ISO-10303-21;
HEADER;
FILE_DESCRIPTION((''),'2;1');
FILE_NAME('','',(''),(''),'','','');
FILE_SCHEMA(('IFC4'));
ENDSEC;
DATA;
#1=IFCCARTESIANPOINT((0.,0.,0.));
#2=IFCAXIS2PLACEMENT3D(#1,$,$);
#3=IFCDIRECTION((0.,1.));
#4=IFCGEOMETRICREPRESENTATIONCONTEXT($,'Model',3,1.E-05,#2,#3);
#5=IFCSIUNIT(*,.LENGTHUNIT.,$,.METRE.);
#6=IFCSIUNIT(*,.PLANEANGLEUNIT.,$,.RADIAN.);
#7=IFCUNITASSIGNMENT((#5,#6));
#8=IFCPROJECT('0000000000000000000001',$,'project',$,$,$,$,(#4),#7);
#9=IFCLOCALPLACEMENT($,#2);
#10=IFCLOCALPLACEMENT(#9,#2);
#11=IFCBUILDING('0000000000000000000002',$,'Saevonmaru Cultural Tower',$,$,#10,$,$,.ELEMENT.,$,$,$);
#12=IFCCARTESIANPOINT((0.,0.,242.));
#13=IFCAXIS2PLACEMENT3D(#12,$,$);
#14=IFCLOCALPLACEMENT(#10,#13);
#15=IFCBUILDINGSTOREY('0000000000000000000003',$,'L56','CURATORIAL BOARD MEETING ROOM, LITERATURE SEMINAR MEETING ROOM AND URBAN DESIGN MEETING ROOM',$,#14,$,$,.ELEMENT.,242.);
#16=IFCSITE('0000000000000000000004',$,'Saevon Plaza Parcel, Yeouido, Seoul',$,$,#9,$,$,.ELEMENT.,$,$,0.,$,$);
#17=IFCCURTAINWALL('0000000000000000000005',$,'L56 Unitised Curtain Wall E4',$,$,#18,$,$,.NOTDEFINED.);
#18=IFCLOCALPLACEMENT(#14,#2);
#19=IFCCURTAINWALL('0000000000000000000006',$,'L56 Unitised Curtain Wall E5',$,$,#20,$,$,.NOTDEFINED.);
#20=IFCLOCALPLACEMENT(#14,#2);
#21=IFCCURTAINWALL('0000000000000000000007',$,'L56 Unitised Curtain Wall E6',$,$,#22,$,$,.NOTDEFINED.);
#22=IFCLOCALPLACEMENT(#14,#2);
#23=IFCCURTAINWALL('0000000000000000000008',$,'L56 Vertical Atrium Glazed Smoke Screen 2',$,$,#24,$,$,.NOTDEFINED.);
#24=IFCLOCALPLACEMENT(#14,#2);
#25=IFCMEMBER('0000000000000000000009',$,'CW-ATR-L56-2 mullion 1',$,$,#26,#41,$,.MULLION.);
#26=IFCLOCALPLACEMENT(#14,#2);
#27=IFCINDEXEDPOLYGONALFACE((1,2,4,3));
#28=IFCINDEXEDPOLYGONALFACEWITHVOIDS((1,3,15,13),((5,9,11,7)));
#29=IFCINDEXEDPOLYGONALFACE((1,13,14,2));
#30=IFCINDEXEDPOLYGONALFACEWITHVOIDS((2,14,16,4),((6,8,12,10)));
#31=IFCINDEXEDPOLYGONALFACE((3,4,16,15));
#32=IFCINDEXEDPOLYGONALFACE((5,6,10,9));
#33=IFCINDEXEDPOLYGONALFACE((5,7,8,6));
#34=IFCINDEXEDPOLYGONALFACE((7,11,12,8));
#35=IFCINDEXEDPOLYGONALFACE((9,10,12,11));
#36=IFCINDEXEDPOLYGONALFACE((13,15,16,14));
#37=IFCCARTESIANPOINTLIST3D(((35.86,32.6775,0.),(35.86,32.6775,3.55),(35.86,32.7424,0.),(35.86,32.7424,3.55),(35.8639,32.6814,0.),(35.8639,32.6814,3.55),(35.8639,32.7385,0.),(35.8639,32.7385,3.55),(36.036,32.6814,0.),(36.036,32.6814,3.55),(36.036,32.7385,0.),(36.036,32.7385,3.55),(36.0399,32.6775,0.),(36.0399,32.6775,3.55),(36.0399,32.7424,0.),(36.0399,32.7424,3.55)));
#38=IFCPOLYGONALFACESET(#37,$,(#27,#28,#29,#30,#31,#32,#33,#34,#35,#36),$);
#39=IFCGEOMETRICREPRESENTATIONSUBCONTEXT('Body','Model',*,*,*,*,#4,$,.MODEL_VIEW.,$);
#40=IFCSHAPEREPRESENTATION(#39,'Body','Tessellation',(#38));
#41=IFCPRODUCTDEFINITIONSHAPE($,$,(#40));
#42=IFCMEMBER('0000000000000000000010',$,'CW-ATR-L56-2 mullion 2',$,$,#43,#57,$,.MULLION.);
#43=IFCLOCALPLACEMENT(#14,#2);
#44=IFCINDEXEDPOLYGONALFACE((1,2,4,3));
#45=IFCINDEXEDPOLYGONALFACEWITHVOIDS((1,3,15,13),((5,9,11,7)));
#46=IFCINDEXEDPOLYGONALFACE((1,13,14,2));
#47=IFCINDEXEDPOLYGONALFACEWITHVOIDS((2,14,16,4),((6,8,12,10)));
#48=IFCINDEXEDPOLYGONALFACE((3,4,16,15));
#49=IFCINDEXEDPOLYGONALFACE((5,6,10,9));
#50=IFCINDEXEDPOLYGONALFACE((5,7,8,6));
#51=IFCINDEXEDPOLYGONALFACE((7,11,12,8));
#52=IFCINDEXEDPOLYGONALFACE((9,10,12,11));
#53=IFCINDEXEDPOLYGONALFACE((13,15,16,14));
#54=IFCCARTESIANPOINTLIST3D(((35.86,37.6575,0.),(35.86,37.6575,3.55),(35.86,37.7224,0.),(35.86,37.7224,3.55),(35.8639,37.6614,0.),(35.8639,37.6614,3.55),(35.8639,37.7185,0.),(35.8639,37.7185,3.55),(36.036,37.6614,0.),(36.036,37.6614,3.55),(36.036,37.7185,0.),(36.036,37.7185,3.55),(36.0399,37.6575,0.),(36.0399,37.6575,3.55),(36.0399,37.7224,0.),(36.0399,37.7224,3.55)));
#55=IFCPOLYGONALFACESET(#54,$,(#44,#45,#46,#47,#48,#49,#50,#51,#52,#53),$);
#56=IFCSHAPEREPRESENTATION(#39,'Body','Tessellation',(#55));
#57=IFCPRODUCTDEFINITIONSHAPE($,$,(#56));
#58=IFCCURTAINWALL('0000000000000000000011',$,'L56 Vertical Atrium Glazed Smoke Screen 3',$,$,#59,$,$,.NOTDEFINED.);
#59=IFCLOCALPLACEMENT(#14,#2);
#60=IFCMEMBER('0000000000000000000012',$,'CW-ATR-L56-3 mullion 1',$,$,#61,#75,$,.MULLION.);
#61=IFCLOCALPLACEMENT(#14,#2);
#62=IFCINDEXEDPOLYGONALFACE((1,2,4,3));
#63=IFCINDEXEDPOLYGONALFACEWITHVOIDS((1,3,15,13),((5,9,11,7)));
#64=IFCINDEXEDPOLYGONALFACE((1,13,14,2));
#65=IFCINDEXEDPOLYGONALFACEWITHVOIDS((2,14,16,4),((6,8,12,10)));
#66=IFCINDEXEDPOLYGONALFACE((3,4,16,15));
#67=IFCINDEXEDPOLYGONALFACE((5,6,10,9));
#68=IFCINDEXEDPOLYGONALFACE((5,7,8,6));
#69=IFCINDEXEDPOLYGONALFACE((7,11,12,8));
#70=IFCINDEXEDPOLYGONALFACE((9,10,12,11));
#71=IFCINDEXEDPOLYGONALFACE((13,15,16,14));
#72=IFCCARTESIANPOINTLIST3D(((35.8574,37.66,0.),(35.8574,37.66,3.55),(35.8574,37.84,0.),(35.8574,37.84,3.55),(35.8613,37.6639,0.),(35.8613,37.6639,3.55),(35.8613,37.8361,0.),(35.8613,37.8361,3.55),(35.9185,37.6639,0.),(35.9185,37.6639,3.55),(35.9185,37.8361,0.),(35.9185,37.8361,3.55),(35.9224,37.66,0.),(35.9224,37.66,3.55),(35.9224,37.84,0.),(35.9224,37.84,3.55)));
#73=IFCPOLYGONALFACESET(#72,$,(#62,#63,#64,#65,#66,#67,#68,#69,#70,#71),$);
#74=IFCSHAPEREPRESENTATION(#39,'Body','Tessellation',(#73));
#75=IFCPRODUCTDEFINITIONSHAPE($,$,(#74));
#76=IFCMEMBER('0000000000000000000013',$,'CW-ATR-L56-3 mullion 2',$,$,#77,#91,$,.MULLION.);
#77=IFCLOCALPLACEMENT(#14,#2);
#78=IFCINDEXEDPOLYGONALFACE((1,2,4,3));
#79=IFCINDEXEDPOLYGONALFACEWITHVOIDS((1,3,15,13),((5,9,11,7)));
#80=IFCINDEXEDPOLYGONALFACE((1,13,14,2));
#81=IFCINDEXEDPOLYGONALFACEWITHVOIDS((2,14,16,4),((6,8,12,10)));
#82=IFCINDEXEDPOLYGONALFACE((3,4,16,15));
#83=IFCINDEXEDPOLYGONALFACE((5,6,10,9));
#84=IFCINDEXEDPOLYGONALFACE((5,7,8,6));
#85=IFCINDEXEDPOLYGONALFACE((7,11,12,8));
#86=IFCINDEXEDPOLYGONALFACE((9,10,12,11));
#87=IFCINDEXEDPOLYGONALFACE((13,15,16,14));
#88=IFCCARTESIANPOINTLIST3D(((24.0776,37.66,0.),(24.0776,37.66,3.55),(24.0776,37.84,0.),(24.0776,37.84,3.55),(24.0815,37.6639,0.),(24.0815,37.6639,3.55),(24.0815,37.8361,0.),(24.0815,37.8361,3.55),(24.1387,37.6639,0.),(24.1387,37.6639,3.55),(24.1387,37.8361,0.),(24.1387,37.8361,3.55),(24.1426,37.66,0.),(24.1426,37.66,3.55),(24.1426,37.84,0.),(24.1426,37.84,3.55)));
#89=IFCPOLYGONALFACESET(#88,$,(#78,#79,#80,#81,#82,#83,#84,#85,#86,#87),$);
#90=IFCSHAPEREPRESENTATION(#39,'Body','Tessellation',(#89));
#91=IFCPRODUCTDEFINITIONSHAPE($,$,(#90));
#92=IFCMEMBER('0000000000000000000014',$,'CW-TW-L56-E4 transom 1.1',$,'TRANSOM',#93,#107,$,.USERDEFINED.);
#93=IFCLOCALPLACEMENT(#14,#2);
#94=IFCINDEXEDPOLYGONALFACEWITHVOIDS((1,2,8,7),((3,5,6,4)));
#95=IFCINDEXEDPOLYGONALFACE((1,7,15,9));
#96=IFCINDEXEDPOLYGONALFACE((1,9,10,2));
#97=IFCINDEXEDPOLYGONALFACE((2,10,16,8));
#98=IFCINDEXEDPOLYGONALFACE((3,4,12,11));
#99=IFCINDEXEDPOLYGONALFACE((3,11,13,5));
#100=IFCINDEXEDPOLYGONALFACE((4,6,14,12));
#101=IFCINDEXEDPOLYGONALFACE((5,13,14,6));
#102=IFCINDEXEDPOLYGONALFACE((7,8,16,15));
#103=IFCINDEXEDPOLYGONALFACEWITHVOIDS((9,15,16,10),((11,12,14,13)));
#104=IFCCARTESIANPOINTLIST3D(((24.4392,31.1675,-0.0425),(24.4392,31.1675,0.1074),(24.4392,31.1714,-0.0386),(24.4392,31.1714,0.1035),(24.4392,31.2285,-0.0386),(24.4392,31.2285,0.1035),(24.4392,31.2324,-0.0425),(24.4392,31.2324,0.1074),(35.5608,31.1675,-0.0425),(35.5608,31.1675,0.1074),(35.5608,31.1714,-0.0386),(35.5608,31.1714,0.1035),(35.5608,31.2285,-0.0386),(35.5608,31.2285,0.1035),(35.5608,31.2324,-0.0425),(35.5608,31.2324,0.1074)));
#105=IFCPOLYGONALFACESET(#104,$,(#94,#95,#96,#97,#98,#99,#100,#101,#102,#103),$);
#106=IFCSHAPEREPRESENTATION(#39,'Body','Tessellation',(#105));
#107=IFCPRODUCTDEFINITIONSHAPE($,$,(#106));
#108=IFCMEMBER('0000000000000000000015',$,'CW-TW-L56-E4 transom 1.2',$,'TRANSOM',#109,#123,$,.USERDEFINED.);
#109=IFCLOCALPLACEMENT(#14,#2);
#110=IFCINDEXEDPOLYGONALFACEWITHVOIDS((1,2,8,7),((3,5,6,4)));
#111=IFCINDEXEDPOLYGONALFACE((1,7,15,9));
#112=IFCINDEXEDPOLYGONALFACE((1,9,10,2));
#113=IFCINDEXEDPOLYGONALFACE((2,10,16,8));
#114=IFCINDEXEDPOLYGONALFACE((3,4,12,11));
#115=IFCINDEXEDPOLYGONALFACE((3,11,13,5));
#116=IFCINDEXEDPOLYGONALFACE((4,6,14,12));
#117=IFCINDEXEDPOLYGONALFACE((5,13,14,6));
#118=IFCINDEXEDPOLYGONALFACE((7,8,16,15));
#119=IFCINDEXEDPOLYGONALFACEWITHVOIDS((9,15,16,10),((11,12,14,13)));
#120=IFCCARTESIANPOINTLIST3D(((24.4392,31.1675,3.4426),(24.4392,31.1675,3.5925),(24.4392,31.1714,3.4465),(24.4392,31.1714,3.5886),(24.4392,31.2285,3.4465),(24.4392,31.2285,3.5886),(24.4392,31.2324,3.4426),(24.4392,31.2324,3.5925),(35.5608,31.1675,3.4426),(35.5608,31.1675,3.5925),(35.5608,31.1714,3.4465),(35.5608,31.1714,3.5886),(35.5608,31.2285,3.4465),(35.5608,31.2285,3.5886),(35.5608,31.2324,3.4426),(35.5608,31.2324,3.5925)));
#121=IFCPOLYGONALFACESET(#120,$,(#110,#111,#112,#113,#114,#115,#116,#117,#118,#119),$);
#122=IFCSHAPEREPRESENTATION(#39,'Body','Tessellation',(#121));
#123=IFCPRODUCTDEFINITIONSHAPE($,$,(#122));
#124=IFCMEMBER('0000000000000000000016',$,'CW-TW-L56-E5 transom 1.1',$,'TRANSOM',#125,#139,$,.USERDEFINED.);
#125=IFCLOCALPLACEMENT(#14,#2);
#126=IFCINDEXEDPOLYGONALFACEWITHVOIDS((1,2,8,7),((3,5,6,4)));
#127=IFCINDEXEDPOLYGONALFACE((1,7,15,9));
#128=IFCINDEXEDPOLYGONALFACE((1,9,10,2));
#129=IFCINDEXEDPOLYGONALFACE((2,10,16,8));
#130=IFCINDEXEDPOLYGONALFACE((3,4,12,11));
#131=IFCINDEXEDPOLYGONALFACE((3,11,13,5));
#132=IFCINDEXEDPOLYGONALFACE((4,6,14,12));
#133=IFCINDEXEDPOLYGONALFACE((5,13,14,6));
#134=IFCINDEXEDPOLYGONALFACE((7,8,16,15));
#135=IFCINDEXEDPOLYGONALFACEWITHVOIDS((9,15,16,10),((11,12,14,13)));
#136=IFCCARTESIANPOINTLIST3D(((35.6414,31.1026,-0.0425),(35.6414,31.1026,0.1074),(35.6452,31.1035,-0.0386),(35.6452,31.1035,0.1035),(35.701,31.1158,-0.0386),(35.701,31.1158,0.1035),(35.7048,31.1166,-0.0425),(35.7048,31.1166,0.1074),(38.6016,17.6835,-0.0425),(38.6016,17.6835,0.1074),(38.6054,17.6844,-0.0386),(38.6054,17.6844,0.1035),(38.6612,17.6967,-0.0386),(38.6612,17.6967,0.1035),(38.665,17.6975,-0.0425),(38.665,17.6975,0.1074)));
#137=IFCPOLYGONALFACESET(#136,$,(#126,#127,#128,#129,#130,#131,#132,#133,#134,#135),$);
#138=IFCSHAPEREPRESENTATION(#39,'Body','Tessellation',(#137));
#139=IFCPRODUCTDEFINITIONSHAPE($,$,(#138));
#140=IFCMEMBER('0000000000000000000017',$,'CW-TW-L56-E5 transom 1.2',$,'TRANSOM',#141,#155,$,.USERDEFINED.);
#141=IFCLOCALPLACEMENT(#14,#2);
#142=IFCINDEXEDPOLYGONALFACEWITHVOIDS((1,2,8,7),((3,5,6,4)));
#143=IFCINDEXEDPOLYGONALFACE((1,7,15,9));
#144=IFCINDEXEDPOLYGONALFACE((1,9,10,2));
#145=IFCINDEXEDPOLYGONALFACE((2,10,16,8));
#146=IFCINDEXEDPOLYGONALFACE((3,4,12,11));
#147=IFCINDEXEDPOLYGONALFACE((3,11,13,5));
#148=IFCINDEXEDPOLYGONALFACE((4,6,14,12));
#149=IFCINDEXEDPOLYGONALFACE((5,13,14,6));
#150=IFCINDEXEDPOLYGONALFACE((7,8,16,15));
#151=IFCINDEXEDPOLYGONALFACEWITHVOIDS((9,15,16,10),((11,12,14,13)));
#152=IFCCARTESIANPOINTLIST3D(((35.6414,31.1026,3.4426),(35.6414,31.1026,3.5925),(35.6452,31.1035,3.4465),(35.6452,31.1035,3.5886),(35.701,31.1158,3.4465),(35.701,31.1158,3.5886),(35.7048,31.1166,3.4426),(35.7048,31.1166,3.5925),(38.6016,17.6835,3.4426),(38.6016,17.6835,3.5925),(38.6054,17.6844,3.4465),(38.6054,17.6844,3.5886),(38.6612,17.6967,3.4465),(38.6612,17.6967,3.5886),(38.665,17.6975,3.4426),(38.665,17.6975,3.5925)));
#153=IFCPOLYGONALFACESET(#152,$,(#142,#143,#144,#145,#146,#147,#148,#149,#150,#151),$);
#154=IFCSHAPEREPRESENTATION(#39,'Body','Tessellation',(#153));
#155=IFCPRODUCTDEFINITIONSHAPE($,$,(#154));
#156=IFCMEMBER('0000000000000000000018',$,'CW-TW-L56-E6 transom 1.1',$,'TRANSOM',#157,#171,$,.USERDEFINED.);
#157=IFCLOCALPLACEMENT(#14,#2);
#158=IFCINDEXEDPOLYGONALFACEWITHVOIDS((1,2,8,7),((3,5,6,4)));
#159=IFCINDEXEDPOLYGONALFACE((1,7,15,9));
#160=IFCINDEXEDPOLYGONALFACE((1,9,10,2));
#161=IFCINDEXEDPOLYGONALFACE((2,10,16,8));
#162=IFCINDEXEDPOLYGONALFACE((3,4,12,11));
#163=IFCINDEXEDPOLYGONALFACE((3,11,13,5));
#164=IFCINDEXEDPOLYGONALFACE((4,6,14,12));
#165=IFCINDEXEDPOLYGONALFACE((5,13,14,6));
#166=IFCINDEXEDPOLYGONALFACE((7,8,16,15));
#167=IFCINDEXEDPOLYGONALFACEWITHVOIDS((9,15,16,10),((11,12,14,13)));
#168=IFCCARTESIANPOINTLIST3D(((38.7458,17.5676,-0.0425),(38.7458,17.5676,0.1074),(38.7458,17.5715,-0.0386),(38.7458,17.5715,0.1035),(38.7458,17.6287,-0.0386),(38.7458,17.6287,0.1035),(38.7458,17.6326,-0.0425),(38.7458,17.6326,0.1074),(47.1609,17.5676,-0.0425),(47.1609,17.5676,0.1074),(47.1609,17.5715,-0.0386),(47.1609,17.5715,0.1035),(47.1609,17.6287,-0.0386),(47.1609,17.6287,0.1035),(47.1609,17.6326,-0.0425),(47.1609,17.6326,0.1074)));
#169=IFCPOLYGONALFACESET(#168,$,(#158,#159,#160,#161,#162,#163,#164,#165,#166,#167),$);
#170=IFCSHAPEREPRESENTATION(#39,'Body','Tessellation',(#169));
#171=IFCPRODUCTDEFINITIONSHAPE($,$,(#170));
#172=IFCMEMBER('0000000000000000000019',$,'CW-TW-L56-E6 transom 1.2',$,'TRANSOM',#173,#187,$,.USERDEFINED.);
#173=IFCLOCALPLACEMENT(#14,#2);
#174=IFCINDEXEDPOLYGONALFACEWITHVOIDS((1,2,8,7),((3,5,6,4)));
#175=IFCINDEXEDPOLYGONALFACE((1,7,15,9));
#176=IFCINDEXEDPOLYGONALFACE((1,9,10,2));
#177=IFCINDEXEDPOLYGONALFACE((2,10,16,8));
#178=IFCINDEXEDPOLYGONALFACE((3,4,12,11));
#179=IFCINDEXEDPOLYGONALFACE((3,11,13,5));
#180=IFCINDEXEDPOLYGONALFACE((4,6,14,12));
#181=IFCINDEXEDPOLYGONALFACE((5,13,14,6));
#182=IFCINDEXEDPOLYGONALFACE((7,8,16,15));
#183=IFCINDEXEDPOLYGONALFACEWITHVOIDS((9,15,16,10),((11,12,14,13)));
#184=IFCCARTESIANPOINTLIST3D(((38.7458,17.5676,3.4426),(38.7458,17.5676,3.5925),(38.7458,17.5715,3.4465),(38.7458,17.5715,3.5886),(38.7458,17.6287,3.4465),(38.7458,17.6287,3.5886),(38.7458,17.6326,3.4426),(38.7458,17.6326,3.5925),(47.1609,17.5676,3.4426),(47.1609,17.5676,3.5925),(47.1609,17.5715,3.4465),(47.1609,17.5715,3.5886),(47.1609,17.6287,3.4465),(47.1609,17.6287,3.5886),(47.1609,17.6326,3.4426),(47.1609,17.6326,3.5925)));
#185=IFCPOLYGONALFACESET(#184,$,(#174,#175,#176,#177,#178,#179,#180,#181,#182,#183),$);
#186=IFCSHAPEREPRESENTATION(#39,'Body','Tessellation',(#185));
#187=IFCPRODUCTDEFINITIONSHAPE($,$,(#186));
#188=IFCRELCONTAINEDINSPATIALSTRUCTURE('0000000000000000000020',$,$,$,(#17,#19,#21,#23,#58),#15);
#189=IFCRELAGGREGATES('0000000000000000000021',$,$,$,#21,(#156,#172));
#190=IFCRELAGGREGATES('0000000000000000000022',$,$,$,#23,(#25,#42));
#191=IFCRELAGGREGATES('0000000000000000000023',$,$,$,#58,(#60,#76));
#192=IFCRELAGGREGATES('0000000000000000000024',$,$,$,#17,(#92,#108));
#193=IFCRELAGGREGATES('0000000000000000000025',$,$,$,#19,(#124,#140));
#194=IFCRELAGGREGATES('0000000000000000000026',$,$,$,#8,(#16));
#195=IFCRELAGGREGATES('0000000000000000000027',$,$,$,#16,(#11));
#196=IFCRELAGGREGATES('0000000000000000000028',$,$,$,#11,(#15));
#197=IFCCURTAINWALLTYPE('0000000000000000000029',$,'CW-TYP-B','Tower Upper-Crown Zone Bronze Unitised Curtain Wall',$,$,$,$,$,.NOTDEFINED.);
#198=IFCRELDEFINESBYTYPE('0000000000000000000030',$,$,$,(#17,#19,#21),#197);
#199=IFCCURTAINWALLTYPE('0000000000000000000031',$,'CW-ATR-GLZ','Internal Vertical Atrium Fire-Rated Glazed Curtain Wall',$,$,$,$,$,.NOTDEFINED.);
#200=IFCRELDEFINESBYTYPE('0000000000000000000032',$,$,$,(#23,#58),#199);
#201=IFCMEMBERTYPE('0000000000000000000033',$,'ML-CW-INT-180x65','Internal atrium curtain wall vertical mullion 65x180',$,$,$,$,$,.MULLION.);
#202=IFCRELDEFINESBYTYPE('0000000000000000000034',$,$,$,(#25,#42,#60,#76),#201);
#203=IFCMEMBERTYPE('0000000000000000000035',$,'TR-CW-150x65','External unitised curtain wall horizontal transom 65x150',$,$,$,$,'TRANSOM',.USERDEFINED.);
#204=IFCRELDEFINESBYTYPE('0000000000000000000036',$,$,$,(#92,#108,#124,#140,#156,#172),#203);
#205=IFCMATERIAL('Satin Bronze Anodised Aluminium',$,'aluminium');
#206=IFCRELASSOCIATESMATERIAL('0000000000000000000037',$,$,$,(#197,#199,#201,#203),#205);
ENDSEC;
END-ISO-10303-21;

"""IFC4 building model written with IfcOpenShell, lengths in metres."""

from ifc_helpers import new_model, si_unit, direction, frame, origin, origin_2d, place, context, subcontext, project, spatial, hollow_rectangle, extrude, material, material_profile, profile_set, type_object, element, aggregate, save


model = new_model("IFC4")

# Units and contexts
model_context = context("Model", 3, precision=1e-05, world=origin(), true_north=direction((0.0, 1.0)))
body_context = subcontext(model_context, "Body", "Model", "MODEL_VIEW")
ifc_project = project(units=[si_unit("LENGTHUNIT", "METRE"), si_unit("PLANEANGLEUNIT", "RADIAN")], contexts=[model_context])

# Site, building, storey
site_placement = place(None, origin())
site = spatial("IfcSite", under=ifc_project, at=site_placement, Name="Saevon Plaza Parcel, Yeouido, Seoul", CompositionType="ELEMENT", RefElevation=0.0)
building_placement = place(site_placement, origin())
building = spatial("IfcBuilding", under=site, at=building_placement, Name="Saevonmaru Cultural Tower", CompositionType="ELEMENT")
storey_placement = place(building_placement, frame((0.0, 0.0, 242.0)))
storey = spatial("IfcBuildingStorey", under=building, at=storey_placement, Name="L56", Description="CURATORIAL BOARD MEETING ROOM, LITERATURE SEMINAR MEETING ROOM AND URBAN DESIGN MEETING ROOM", CompositionType="ELEMENT", Elevation=242.0)

# Shared definitions
ifc_material_1 = material(Name="Satin Bronze Anodised Aluminium", Category="aluminium")
curtain_wall_type_1 = type_object("IfcCurtainWallType", Name="CW-TYP-B", Description="Tower Upper-Crown Zone Bronze Unitised Curtain Wall", PredefinedType="NOTDEFINED", material=ifc_material_1)

# Curtain walls
curtain_wall_1_placement = place(storey_placement, origin())
curtain_wall_1 = element("IfcCurtainWall", 1, at=curtain_wall_1_placement, inside=storey, type_object=curtain_wall_type_1, Name="L56 Unitised Curtain Wall E4", PredefinedType="NOTDEFINED")
curtain_wall_2_placement = place(storey_placement, origin())
curtain_wall_2 = element("IfcCurtainWall", 2, at=curtain_wall_2_placement, inside=storey, type_object=curtain_wall_type_1, Name="L56 Unitised Curtain Wall E5", PredefinedType="NOTDEFINED")

# Curtain wall
curtain_wall_3_placement = place(storey_placement, origin())
curtain_wall_3 = element("IfcCurtainWall", 3, at=curtain_wall_3_placement, inside=storey, type_object=curtain_wall_type_1, Name="L56 Unitised Curtain Wall E6", PredefinedType="NOTDEFINED")

# Curtain walls, members
curtain_wall_type_2 = type_object("IfcCurtainWallType", Name="CW-ATR-GLZ", Description="Internal Vertical Atrium Fire-Rated Glazed Curtain Wall", PredefinedType="NOTDEFINED", material=ifc_material_1)
ifc_material_profile_1 = material_profile(ifc_material_1, hollow_rectangle(XDim=0.0649, YDim=0.1799, WallThickness=0.0039, at=origin_2d()), Name="ALU-MULL-180x65x4")
ifc_profile_set_1 = profile_set([ifc_material_profile_1], Name="Satin Bronze Anodised Aluminium")
member_type_1 = type_object("IfcMemberType", Name="ML-CW-INT-180x65", Description="Internal atrium curtain wall vertical mullion 65x180", PredefinedType="MULLION", material=ifc_profile_set_1)
curtain_wall_4_placement = place(storey_placement, origin())
curtain_wall_4 = element("IfcCurtainWall", 4, at=curtain_wall_4_placement, inside=storey, type_object=curtain_wall_type_2, Name="L56 Vertical Atrium Glazed Smoke Screen 2", PredefinedType="NOTDEFINED")
member_1_placement = place(storey_placement, frame((35.95, 32.71, 0.0), z_axis=(0.0, 0.0, 1.0), x_axis=(0.0, 1.0, 0.0)))
member_1 = element("IfcMember", 5, at=member_1_placement, type_object=member_type_1, Name="CW-ATR-L56-2 mullion 1", PredefinedType="MULLION", context=body_context, shape_type="SweptSolid", body=[
    extrude(hollow_rectangle(XDim=0.0649, YDim=0.1799, WallThickness=0.0039, at=origin_2d()), origin(), (0.0, 0.0, 1.0), 3.55),
])
member_2_placement = place(storey_placement, frame((35.95, 37.6899, 0.0), z_axis=(0.0, 0.0, 1.0), x_axis=(0.0, 1.0, 0.0)))
member_2 = element("IfcMember", 6, at=member_2_placement, type_object=member_type_1, Name="CW-ATR-L56-2 mullion 2", PredefinedType="MULLION", context=body_context, shape_type="SweptSolid", body=[
    extrude(hollow_rectangle(XDim=0.0649, YDim=0.1799, WallThickness=0.0039, at=origin_2d()), origin(), (0.0, 0.0, 1.0), 3.55),
])
curtain_wall_5_placement = place(storey_placement, origin())
curtain_wall_5 = element("IfcCurtainWall", 7, at=curtain_wall_5_placement, inside=storey, type_object=curtain_wall_type_2, Name="L56 Vertical Atrium Glazed Smoke Screen 3", PredefinedType="NOTDEFINED")
member_3_placement = place(storey_placement, frame((35.8899, 37.75, 0.0), z_axis=(0.0, 0.0, 1.0), x_axis=(-1.0, 0.0, 0.0)))
member_3 = element("IfcMember", 8, at=member_3_placement, type_object=member_type_1, Name="CW-ATR-L56-3 mullion 1", PredefinedType="MULLION", context=body_context, shape_type="SweptSolid", body=[
    extrude(hollow_rectangle(XDim=0.0649, YDim=0.1799, WallThickness=0.0039, at=origin_2d()), origin(), (0.0, 0.0, 1.0), 3.55),
])
member_4_placement = place(storey_placement, frame((24.1101, 37.75, 0.0), z_axis=(0.0, 0.0, 1.0), x_axis=(-1.0, 0.0, 0.0)))
member_4 = element("IfcMember", 9, at=member_4_placement, type_object=member_type_1, Name="CW-ATR-L56-3 mullion 2", PredefinedType="MULLION", context=body_context, shape_type="SweptSolid", body=[
    extrude(hollow_rectangle(XDim=0.0649, YDim=0.1799, WallThickness=0.0039, at=origin_2d()), origin(), (0.0, 0.0, 1.0), 3.55),
])

# Members
ifc_material_profile_2 = material_profile(ifc_material_1, hollow_rectangle(XDim=0.0649, YDim=0.1499, WallThickness=0.0039, at=origin_2d()), Name="ALU-TRAN-150x65x4")
ifc_profile_set_2 = profile_set([ifc_material_profile_2], Name="Satin Bronze Anodised Aluminium")
member_type_2 = type_object("IfcMemberType", Name="TR-CW-150x65", Description="External unitised curtain wall horizontal transom 65x150", ElementType="TRANSOM", PredefinedType="USERDEFINED", material=ifc_profile_set_2)
member_5_placement = place(storey_placement, frame((24.4392, 31.2, 0.0325), z_axis=(1.0, 0.0, 0.0), x_axis=(0.0, 1.0, 0.0)))
member_5 = element("IfcMember", 10, at=member_5_placement, type_object=member_type_2, Name="CW-TW-L56-E4 transom 1.1", ObjectType="TRANSOM", PredefinedType="USERDEFINED", context=body_context, shape_type="SweptSolid", body=[
    extrude(hollow_rectangle(XDim=0.0649, YDim=0.1499, WallThickness=0.0039, at=origin_2d()), origin(), (0.0, 0.0, 1.0), 11.1216),
])
member_6_placement = place(storey_placement, frame((24.4392, 31.2, 3.5176), z_axis=(1.0, 0.0, 0.0), x_axis=(0.0, 1.0, 0.0)))
member_6 = element("IfcMember", 11, at=member_6_placement, type_object=member_type_2, Name="CW-TW-L56-E4 transom 1.2", ObjectType="TRANSOM", PredefinedType="USERDEFINED", context=body_context, shape_type="SweptSolid", body=[
    extrude(hollow_rectangle(XDim=0.0649, YDim=0.1499, WallThickness=0.0039, at=origin_2d()), origin(), (0.0, 0.0, 1.0), 11.1216),
])
member_7_placement = place(storey_placement, frame((35.6731, 31.1096, 0.0325), z_axis=(0.215416, -0.976522, 0.0), x_axis=(0.976522, 0.215416, 0.0)))
member_7 = element("IfcMember", 12, at=member_7_placement, type_object=member_type_2, Name="CW-TW-L56-E5 transom 1.1", ObjectType="TRANSOM", PredefinedType="USERDEFINED", context=body_context, shape_type="SweptSolid", body=[
    extrude(hollow_rectangle(XDim=0.0649, YDim=0.1499, WallThickness=0.0039, at=origin_2d()), origin(), (0.0, 0.0, 1.0), 13.7417),
])
member_8_placement = place(storey_placement, frame((35.6731, 31.1096, 3.5176), z_axis=(0.215416, -0.976522, 0.0), x_axis=(0.976522, 0.215416, 0.0)))
member_8 = element("IfcMember", 13, at=member_8_placement, type_object=member_type_2, Name="CW-TW-L56-E5 transom 1.2", ObjectType="TRANSOM", PredefinedType="USERDEFINED", context=body_context, shape_type="SweptSolid", body=[
    extrude(hollow_rectangle(XDim=0.0649, YDim=0.1499, WallThickness=0.0039, at=origin_2d()), origin(), (0.0, 0.0, 1.0), 13.7417),
])
member_9_placement = place(storey_placement, frame((38.7458, 17.6001, 0.0325), z_axis=(1.0, 0.0, 0.0), x_axis=(0.0, 1.0, 0.0)))
member_9 = element("IfcMember", 14, at=member_9_placement, type_object=member_type_2, Name="CW-TW-L56-E6 transom 1.1", ObjectType="TRANSOM", PredefinedType="USERDEFINED", context=body_context, shape_type="SweptSolid", body=[
    extrude(hollow_rectangle(XDim=0.0649, YDim=0.1499, WallThickness=0.0039, at=origin_2d()), origin(), (0.0, 0.0, 1.0), 8.415),
])
member_10_placement = place(storey_placement, frame((38.7458, 17.6001, 3.5176), z_axis=(1.0, 0.0, 0.0), x_axis=(0.0, 1.0, 0.0)))
member_10 = element("IfcMember", 15, at=member_10_placement, type_object=member_type_2, Name="CW-TW-L56-E6 transom 1.2", ObjectType="TRANSOM", PredefinedType="USERDEFINED", context=body_context, shape_type="SweptSolid", body=[
    extrude(hollow_rectangle(XDim=0.0649, YDim=0.1499, WallThickness=0.0039, at=origin_2d()), origin(), (0.0, 0.0, 1.0), 8.415),
])
aggregate(curtain_wall_3, [member_9, member_10])

aggregate(curtain_wall_4, [member_1, member_2])
aggregate(curtain_wall_5, [member_3, member_4])
aggregate(curtain_wall_1, [member_5, member_6])
aggregate(curtain_wall_2, [member_7, member_8])

save(model, "model.ifc")
